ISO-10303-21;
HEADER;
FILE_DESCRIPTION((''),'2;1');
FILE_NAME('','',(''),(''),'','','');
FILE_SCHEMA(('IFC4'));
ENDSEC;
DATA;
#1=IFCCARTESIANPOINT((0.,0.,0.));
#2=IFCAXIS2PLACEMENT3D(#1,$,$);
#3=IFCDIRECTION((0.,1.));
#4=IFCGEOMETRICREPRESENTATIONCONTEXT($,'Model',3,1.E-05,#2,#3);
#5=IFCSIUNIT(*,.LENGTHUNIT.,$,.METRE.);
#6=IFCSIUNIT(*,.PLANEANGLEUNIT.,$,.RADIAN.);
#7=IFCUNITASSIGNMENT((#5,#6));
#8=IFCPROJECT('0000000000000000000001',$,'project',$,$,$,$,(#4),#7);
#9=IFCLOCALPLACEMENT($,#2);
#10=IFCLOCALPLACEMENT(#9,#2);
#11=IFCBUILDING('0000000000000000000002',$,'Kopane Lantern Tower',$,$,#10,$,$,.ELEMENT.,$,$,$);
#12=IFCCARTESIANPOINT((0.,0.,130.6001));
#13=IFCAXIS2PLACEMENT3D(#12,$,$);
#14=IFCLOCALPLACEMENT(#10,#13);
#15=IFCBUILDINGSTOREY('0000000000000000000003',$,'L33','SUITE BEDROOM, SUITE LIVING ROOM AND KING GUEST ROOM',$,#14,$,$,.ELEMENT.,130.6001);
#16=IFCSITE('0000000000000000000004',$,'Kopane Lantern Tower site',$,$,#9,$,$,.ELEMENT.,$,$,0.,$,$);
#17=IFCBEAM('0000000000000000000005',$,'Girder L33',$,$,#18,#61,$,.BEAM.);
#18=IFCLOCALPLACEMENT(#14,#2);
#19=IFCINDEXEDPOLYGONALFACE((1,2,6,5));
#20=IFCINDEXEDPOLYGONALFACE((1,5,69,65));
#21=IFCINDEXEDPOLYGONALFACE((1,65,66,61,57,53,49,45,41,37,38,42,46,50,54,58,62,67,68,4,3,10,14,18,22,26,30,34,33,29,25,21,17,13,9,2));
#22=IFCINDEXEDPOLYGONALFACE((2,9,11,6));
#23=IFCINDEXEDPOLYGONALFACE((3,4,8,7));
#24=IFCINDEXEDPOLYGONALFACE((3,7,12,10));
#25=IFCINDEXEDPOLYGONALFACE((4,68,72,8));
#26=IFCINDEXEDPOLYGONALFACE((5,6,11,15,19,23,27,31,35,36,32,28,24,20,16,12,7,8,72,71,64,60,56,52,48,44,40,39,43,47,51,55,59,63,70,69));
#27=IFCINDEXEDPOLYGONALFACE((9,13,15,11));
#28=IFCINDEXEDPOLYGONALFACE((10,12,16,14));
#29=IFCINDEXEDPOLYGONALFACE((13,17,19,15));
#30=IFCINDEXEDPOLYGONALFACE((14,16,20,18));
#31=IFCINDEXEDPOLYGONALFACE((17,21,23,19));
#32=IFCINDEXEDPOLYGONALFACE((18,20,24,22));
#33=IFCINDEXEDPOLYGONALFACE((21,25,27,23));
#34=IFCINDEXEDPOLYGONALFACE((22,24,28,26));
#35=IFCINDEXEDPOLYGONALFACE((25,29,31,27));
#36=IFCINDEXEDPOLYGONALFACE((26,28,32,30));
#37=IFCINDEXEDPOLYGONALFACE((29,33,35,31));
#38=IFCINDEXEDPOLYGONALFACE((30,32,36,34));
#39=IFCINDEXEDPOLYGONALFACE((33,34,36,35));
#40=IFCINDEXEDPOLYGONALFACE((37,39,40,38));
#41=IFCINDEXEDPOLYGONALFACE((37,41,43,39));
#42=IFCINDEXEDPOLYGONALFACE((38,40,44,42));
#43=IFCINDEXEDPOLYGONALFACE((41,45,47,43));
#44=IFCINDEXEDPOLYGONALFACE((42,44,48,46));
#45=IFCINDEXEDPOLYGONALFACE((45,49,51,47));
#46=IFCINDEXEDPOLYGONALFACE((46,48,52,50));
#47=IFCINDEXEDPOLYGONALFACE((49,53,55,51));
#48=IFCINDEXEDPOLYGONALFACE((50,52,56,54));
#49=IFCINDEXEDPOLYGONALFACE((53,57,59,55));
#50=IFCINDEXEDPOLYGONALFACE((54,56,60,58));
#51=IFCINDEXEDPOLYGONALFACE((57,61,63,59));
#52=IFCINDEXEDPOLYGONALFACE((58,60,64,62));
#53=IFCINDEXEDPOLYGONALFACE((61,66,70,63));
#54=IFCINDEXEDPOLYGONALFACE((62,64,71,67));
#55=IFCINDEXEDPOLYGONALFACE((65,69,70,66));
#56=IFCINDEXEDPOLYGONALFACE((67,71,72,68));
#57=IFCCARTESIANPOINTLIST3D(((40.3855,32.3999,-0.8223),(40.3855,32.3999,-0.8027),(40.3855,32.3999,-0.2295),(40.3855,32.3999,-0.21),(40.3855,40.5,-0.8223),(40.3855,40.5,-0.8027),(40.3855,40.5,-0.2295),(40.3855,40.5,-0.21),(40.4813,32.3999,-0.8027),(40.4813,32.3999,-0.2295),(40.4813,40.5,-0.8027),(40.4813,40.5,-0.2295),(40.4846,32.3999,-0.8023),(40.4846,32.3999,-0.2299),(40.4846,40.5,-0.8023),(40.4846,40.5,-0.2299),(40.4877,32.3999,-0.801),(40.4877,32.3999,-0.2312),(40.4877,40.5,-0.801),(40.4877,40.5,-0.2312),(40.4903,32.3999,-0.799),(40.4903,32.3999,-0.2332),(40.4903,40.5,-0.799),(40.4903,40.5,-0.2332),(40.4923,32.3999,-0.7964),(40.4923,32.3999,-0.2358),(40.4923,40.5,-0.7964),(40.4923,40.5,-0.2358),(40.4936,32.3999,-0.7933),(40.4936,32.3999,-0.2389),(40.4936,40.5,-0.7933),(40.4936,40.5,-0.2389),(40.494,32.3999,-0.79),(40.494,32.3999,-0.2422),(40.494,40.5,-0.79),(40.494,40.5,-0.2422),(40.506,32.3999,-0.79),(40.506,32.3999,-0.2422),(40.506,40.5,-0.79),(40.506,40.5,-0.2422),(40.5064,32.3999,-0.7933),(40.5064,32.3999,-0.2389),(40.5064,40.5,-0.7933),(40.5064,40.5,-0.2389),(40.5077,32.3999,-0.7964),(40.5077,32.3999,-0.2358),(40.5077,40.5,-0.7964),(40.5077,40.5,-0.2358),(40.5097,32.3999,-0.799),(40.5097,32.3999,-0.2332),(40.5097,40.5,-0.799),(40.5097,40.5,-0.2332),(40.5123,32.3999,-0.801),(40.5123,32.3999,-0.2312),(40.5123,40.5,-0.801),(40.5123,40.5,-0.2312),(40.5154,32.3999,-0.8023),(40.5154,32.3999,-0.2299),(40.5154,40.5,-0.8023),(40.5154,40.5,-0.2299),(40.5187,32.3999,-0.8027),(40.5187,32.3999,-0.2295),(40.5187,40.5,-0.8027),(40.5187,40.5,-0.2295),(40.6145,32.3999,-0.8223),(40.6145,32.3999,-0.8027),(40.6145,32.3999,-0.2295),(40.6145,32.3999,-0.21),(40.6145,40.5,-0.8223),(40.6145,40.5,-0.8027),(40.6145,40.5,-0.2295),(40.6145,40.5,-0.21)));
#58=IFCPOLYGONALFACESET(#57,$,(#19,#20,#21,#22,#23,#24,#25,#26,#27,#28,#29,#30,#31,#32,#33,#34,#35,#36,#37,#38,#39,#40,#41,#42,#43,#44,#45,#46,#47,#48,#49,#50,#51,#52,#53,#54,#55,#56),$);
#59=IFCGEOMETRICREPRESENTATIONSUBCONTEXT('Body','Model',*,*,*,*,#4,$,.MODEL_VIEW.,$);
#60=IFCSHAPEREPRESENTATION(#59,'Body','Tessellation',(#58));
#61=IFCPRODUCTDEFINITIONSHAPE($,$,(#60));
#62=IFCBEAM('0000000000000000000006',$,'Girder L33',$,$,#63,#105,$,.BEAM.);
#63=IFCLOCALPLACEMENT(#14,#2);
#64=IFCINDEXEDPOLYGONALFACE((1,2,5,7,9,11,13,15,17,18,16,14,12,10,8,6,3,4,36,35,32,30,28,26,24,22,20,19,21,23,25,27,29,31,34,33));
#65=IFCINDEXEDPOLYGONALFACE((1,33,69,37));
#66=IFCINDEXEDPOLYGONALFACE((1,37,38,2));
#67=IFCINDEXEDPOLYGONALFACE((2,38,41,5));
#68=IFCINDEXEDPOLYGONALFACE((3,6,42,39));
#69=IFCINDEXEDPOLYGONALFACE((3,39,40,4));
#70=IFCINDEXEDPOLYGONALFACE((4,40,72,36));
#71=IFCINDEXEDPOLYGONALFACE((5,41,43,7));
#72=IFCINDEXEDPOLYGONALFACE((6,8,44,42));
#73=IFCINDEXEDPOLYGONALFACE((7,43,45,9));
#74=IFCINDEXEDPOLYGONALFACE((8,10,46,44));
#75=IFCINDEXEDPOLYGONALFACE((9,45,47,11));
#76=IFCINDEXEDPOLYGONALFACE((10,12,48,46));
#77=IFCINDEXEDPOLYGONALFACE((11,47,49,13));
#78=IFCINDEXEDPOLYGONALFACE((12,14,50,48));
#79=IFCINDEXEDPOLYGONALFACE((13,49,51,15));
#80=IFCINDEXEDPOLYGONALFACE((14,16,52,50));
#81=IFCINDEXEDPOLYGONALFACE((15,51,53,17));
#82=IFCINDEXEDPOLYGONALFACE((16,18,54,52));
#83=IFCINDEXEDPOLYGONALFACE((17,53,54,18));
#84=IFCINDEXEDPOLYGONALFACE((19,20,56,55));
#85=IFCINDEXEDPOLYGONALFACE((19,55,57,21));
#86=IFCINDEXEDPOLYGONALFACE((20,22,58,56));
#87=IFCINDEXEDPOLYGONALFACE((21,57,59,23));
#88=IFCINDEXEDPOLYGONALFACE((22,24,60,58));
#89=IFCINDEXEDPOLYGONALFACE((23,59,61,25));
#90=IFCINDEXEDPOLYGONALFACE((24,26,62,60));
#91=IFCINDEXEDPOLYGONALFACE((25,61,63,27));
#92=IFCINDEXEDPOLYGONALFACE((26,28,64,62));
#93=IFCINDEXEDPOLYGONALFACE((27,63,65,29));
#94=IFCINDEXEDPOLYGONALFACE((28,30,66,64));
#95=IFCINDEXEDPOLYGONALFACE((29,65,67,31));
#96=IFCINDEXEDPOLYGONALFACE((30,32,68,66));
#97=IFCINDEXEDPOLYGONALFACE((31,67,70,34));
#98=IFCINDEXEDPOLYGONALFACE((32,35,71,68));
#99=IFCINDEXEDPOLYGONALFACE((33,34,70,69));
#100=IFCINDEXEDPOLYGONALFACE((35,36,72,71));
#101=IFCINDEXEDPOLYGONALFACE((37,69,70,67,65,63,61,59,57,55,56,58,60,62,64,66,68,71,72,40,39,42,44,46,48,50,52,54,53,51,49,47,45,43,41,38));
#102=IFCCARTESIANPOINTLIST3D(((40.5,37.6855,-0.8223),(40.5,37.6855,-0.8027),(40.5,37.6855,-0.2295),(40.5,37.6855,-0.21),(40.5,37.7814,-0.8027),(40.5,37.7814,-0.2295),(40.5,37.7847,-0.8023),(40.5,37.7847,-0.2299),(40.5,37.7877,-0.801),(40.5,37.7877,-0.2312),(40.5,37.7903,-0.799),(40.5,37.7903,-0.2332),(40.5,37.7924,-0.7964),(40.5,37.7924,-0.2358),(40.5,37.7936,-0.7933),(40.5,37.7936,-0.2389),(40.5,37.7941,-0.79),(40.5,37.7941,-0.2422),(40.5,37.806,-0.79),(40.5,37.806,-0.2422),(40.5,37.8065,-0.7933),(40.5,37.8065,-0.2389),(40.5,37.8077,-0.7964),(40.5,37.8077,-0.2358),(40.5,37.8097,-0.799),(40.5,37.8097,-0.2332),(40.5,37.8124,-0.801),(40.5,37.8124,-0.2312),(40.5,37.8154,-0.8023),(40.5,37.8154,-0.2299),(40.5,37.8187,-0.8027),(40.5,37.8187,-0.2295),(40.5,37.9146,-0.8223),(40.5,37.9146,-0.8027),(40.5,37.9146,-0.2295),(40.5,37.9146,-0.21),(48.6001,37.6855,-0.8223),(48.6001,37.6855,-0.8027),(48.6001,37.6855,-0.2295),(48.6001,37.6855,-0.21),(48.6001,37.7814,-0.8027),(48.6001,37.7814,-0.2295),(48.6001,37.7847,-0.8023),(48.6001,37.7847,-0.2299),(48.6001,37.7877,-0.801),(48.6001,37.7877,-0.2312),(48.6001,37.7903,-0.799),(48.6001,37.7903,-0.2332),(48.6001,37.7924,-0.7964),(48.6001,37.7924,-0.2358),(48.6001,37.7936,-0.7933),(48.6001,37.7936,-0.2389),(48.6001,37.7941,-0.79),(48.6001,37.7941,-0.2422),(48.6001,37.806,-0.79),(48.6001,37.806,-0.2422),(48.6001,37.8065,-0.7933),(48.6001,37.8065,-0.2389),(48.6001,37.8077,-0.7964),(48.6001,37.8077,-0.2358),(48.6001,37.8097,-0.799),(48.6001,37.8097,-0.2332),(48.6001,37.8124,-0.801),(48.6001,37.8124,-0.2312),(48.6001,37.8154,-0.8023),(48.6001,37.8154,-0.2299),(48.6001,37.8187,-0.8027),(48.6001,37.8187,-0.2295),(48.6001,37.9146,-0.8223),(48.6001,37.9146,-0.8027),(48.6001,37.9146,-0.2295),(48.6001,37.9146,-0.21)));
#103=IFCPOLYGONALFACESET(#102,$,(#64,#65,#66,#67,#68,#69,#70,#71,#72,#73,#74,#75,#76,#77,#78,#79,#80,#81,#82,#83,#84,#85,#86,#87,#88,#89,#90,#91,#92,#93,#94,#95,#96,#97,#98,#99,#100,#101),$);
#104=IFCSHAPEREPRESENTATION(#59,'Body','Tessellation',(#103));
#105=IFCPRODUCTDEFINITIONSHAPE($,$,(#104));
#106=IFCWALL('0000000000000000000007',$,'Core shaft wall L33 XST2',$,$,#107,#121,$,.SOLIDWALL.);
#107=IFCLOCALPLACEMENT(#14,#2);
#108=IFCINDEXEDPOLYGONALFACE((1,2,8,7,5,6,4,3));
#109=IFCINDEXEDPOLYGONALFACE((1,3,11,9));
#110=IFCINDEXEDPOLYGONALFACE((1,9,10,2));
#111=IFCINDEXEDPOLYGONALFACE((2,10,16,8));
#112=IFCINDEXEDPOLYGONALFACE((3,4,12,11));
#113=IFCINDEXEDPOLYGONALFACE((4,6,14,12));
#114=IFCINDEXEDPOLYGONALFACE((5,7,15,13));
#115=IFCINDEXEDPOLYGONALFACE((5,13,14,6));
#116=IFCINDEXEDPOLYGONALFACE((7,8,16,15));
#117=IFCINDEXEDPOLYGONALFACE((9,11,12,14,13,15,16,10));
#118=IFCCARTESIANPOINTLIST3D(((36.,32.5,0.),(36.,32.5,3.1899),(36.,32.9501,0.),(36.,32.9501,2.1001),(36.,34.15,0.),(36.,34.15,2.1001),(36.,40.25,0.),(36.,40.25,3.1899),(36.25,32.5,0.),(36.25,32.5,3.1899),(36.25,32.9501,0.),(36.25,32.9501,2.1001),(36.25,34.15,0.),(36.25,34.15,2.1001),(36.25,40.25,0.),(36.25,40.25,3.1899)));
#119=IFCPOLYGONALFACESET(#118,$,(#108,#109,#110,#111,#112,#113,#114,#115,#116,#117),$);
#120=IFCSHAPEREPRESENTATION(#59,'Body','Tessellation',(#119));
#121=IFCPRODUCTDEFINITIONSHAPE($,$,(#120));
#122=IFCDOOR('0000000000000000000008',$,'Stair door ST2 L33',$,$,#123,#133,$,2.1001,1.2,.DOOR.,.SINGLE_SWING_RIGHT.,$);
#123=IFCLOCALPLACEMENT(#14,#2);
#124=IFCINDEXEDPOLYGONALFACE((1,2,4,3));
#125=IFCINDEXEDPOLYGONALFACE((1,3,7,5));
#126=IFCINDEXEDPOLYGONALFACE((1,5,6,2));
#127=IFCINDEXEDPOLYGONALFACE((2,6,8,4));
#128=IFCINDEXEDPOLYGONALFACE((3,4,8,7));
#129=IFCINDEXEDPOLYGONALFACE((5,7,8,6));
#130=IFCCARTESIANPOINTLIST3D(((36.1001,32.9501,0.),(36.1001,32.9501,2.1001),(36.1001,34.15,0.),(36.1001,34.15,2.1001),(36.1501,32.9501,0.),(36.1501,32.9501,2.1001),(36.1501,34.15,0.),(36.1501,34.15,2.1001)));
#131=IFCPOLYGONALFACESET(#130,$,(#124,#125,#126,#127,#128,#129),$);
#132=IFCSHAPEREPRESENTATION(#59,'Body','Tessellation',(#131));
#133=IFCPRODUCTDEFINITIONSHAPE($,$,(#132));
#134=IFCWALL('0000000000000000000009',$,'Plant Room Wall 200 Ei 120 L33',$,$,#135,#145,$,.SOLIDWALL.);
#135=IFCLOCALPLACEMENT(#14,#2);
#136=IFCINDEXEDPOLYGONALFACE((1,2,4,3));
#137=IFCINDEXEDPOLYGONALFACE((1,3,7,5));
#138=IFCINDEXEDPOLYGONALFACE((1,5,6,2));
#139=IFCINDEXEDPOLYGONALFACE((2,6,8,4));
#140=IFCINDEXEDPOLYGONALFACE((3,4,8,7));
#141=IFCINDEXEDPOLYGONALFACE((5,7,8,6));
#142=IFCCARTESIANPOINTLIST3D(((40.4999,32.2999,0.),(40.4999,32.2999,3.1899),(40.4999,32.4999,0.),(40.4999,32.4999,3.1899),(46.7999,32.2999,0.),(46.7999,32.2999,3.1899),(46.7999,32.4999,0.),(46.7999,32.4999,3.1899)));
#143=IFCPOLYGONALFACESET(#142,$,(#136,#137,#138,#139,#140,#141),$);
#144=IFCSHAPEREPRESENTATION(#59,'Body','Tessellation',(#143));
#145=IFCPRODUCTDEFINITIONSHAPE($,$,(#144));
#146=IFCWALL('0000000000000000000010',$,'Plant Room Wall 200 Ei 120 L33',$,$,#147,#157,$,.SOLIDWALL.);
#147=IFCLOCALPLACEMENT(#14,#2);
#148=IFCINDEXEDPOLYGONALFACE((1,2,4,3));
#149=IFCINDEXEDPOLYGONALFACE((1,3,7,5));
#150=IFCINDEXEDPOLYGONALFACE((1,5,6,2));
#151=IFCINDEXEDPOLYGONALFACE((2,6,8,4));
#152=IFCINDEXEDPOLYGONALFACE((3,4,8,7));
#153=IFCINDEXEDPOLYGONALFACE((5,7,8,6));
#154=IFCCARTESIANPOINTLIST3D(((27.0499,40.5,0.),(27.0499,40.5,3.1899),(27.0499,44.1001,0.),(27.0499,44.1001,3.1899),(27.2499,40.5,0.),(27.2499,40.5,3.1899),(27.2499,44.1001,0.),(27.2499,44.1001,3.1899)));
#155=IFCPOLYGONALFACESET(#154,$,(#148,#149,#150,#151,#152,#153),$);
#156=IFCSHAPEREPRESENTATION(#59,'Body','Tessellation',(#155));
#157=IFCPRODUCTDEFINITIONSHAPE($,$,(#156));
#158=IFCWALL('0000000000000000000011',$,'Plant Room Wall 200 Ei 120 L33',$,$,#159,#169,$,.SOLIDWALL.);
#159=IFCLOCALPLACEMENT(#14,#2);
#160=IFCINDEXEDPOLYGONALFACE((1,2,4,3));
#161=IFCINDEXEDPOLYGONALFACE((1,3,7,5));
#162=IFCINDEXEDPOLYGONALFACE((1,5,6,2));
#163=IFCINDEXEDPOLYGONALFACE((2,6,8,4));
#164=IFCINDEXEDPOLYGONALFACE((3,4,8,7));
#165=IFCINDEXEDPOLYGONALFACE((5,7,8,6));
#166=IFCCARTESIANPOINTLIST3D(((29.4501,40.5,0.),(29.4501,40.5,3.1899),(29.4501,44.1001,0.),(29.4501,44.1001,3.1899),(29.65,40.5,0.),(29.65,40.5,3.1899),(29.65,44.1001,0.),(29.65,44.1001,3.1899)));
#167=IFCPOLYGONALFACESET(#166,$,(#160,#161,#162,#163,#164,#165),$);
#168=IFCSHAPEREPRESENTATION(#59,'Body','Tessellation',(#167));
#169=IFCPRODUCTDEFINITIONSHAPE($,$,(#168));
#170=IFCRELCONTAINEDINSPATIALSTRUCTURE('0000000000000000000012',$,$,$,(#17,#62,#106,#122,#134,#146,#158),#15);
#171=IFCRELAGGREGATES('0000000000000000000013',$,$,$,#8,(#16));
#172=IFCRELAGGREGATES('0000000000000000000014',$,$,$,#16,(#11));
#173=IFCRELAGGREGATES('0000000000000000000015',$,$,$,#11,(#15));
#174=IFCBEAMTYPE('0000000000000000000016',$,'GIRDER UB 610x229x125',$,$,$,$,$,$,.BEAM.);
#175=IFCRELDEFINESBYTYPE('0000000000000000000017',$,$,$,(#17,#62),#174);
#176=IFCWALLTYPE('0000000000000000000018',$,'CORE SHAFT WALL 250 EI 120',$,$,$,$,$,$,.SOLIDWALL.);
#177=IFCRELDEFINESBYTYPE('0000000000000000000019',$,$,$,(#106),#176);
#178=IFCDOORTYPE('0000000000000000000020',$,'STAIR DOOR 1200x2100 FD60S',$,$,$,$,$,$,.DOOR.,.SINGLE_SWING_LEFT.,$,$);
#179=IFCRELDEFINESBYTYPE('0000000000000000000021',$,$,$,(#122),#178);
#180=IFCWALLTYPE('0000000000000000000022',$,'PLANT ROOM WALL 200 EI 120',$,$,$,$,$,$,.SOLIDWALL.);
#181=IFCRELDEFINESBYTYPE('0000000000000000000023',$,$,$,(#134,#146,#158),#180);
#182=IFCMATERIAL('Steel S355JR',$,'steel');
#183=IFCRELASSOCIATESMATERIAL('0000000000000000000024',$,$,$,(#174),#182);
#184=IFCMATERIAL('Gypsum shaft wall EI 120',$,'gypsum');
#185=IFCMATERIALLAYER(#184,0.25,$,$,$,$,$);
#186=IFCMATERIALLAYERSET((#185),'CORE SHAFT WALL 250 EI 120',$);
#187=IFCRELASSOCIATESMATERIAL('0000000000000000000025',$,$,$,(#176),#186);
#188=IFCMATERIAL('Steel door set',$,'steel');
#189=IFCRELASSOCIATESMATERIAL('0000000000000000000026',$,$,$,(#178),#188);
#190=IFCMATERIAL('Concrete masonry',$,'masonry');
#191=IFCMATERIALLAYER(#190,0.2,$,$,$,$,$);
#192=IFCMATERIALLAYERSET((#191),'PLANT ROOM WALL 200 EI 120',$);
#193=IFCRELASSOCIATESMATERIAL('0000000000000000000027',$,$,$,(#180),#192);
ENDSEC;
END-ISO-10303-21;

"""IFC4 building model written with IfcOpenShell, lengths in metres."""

from ifc_helpers import new_model, si_unit, direction, frame, frame_2d, origin, origin_2d, place, context, subcontext, project, spatial, rectangle, i_section, extrude, material, layer, layer_set, material_profile, profile_set, type_object, element, fill, save


model = new_model("IFC4")

# Units and contexts
model_context = context("Model", 3, precision=1e-05, world=origin(), true_north=direction((0.0, 1.0)))
body_context = subcontext(model_context, "Body", "Model", "MODEL_VIEW")
ifc_project = project(units=[si_unit("LENGTHUNIT", "METRE"), si_unit("PLANEANGLEUNIT", "RADIAN")], contexts=[model_context])

# Site, building, storey
site_placement = place(None, origin())
site = spatial("IfcSite", under=ifc_project, at=site_placement, Name="Kopane Lantern Tower site", CompositionType="ELEMENT", RefElevation=0.0)
building_placement = place(site_placement, origin())
building = spatial("IfcBuilding", under=site, at=building_placement, Name="Kopane Lantern Tower", CompositionType="ELEMENT")
storey_placement = place(building_placement, frame((0.0, 0.0, 130.6001)))
storey = spatial("IfcBuildingStorey", under=building, at=storey_placement, Name="L33", Description="SUITE BEDROOM, SUITE LIVING ROOM AND KING GUEST ROOM", CompositionType="ELEMENT", Elevation=130.6001)

# Beams
ifc_material_1 = material(Name="Steel S355JR", Category="steel")
ifc_material_profile_1 = material_profile(ifc_material_1, i_section(OverallWidth=0.229, OverallDepth=0.6123, WebThickness=0.012, FlangeThickness=0.0195, FilletRadius=0.0127, at=origin_2d()), Name="UB 610x229x125")
ifc_profile_set_1 = profile_set([ifc_material_profile_1], Name="Steel S355JR")
beam_type_1 = type_object("IfcBeamType", Name="GIRDER UB 610x229x125", PredefinedType="BEAM", material=ifc_profile_set_1)
for number, where, z_axis, x_axis, name in (
    (1, (40.5, 32.3999, -0.5161), (0.0, 1.0, 0.0), (-1.0, 0.0, 0.0), "Girder L33"),
    (2, (40.5, 37.8, -0.5161), (1.0, 0.0, 0.0), (0.0, 1.0, 0.0), "Girder L33"),
):
    element("IfcBeam", number, at=place(storey_placement, frame(where, z_axis=z_axis, x_axis=x_axis)), inside=storey, type_object=beam_type_1, Name=name, PredefinedType="BEAM", context=body_context, shape_type="SweptSolid", body=[
        extrude(i_section(OverallWidth=0.229, OverallDepth=0.6123, WebThickness=0.012, FlangeThickness=0.0195, FilletRadius=0.0127, at=origin_2d()), origin(), (0.0, 0.0, 1.0), 8.1001),
    ])

# Wall, opening, door
ifc_material_2 = material(Name="Gypsum shaft wall EI 120", Category="gypsum")
ifc_layer_1 = layer(ifc_material_2, 0.25)
ifc_layer_set_1 = layer_set([ifc_layer_1], Name="CORE SHAFT WALL 250 EI 120")
wall_type_1 = type_object("IfcWallType", Name="CORE SHAFT WALL 250 EI 120", PredefinedType="SOLIDWALL", material=ifc_layer_set_1)
wall_1_placement = place(storey_placement, frame((36.125, 32.5, 0.0), z_axis=(0.0, 0.0, 1.0), x_axis=(0.0, 1.0, 0.0)))
wall_1 = element("IfcWall", 3, at=wall_1_placement, inside=storey, type_object=wall_type_1, Name="Core shaft wall L33 XST2", PredefinedType="SOLIDWALL", context=body_context, shape_type="SweptSolid", body=[
    extrude(rectangle(XDim=7.75, YDim=0.25, at=frame_2d((3.875, 0.0))), origin(), (0.0, 0.0, 1.0), 3.1899),
])
opening_1_placement = place(wall_1_placement, frame((0.45, 0.0, 0.0)))
opening_1 = element("IfcOpeningElement", 4, at=opening_1_placement, cuts=wall_1, PredefinedType="OPENING", context=body_context, shape_type="SweptSolid", body=[
    extrude(rectangle(XDim=1.2, YDim=2.1001, at=frame_2d((0.6001, 1.05))), frame((0.0, 0.135, 0.0), z_axis=(0.0, -1.0, 0.0), x_axis=(1.0, 0.0, 0.0)), (0.0, 0.0, 1.0), 0.27),
])
ifc_material_3 = material(Name="Steel door set", Category="steel")
door_type_1 = type_object("IfcDoorType", Name="STAIR DOOR 1200x2100 FD60S", OperationType="SINGLE_SWING_LEFT", PredefinedType="DOOR", material=ifc_material_3)
door_1_placement = place(opening_1_placement, origin())
door_1 = element("IfcDoor", 5, at=door_1_placement, inside=storey, type_object=door_type_1, Name="Stair door ST2 L33", OperationType="SINGLE_SWING_RIGHT", OverallHeight=2.1001, OverallWidth=1.2, PredefinedType="DOOR", context=body_context, shape_type="SweptSolid", body=[
    extrude(rectangle(XDim=1.2, YDim=2.1001, at=frame_2d((0.6001, 1.05))), frame((0.0, 0.0249, 0.0), z_axis=(0.0, -1.0, 0.0), x_axis=(1.0, 0.0, 0.0)), (0.0, 0.0, 1.0), 0.05),
])
fill(opening_1, door_1)

# Walls
ifc_material_4 = material(Name="Concrete masonry", Category="masonry")
ifc_layer_2 = layer(ifc_material_4, 0.2)
ifc_layer_set_2 = layer_set([ifc_layer_2], Name="PLANT ROOM WALL 200 EI 120")
wall_type_2 = type_object("IfcWallType", Name="PLANT ROOM WALL 200 EI 120", PredefinedType="SOLIDWALL", material=ifc_layer_set_2)
wall_2_placement = place(storey_placement, frame((40.5, 32.3999, 0.0), z_axis=(0.0, 0.0, 1.0), x_axis=(1.0, 0.0, 0.0)))
element("IfcWall", 6, at=wall_2_placement, inside=storey, type_object=wall_type_2, Name="Plant Room Wall 200 Ei 120 L33", PredefinedType="SOLIDWALL", context=body_context, shape_type="SweptSolid", body=[
    extrude(rectangle(XDim=6.3, YDim=0.2, at=frame_2d((3.1499, 0.0))), origin(), (0.0, 0.0, 1.0), 3.1899),
])
for number, where, z_axis, x_axis, name in (
    (7, (27.1499, 40.5, 0.0), (0.0, 0.0, 1.0), (0.0, 1.0, 0.0), "Plant Room Wall 200 Ei 120 L33"),
    (8, (29.55, 40.5, 0.0), (0.0, 0.0, 1.0), (0.0, 1.0, 0.0), "Plant Room Wall 200 Ei 120 L33"),
):
    element("IfcWall", number, at=place(storey_placement, frame(where, z_axis=z_axis, x_axis=x_axis)), inside=storey, type_object=wall_type_2, Name=name, PredefinedType="SOLIDWALL", context=body_context, shape_type="SweptSolid", body=[
        extrude(rectangle(XDim=3.6001, YDim=0.2, at=frame_2d((1.8, 0.0))), origin(), (0.0, 0.0, 1.0), 3.1899),
    ])

save(model, "model.ifc")
